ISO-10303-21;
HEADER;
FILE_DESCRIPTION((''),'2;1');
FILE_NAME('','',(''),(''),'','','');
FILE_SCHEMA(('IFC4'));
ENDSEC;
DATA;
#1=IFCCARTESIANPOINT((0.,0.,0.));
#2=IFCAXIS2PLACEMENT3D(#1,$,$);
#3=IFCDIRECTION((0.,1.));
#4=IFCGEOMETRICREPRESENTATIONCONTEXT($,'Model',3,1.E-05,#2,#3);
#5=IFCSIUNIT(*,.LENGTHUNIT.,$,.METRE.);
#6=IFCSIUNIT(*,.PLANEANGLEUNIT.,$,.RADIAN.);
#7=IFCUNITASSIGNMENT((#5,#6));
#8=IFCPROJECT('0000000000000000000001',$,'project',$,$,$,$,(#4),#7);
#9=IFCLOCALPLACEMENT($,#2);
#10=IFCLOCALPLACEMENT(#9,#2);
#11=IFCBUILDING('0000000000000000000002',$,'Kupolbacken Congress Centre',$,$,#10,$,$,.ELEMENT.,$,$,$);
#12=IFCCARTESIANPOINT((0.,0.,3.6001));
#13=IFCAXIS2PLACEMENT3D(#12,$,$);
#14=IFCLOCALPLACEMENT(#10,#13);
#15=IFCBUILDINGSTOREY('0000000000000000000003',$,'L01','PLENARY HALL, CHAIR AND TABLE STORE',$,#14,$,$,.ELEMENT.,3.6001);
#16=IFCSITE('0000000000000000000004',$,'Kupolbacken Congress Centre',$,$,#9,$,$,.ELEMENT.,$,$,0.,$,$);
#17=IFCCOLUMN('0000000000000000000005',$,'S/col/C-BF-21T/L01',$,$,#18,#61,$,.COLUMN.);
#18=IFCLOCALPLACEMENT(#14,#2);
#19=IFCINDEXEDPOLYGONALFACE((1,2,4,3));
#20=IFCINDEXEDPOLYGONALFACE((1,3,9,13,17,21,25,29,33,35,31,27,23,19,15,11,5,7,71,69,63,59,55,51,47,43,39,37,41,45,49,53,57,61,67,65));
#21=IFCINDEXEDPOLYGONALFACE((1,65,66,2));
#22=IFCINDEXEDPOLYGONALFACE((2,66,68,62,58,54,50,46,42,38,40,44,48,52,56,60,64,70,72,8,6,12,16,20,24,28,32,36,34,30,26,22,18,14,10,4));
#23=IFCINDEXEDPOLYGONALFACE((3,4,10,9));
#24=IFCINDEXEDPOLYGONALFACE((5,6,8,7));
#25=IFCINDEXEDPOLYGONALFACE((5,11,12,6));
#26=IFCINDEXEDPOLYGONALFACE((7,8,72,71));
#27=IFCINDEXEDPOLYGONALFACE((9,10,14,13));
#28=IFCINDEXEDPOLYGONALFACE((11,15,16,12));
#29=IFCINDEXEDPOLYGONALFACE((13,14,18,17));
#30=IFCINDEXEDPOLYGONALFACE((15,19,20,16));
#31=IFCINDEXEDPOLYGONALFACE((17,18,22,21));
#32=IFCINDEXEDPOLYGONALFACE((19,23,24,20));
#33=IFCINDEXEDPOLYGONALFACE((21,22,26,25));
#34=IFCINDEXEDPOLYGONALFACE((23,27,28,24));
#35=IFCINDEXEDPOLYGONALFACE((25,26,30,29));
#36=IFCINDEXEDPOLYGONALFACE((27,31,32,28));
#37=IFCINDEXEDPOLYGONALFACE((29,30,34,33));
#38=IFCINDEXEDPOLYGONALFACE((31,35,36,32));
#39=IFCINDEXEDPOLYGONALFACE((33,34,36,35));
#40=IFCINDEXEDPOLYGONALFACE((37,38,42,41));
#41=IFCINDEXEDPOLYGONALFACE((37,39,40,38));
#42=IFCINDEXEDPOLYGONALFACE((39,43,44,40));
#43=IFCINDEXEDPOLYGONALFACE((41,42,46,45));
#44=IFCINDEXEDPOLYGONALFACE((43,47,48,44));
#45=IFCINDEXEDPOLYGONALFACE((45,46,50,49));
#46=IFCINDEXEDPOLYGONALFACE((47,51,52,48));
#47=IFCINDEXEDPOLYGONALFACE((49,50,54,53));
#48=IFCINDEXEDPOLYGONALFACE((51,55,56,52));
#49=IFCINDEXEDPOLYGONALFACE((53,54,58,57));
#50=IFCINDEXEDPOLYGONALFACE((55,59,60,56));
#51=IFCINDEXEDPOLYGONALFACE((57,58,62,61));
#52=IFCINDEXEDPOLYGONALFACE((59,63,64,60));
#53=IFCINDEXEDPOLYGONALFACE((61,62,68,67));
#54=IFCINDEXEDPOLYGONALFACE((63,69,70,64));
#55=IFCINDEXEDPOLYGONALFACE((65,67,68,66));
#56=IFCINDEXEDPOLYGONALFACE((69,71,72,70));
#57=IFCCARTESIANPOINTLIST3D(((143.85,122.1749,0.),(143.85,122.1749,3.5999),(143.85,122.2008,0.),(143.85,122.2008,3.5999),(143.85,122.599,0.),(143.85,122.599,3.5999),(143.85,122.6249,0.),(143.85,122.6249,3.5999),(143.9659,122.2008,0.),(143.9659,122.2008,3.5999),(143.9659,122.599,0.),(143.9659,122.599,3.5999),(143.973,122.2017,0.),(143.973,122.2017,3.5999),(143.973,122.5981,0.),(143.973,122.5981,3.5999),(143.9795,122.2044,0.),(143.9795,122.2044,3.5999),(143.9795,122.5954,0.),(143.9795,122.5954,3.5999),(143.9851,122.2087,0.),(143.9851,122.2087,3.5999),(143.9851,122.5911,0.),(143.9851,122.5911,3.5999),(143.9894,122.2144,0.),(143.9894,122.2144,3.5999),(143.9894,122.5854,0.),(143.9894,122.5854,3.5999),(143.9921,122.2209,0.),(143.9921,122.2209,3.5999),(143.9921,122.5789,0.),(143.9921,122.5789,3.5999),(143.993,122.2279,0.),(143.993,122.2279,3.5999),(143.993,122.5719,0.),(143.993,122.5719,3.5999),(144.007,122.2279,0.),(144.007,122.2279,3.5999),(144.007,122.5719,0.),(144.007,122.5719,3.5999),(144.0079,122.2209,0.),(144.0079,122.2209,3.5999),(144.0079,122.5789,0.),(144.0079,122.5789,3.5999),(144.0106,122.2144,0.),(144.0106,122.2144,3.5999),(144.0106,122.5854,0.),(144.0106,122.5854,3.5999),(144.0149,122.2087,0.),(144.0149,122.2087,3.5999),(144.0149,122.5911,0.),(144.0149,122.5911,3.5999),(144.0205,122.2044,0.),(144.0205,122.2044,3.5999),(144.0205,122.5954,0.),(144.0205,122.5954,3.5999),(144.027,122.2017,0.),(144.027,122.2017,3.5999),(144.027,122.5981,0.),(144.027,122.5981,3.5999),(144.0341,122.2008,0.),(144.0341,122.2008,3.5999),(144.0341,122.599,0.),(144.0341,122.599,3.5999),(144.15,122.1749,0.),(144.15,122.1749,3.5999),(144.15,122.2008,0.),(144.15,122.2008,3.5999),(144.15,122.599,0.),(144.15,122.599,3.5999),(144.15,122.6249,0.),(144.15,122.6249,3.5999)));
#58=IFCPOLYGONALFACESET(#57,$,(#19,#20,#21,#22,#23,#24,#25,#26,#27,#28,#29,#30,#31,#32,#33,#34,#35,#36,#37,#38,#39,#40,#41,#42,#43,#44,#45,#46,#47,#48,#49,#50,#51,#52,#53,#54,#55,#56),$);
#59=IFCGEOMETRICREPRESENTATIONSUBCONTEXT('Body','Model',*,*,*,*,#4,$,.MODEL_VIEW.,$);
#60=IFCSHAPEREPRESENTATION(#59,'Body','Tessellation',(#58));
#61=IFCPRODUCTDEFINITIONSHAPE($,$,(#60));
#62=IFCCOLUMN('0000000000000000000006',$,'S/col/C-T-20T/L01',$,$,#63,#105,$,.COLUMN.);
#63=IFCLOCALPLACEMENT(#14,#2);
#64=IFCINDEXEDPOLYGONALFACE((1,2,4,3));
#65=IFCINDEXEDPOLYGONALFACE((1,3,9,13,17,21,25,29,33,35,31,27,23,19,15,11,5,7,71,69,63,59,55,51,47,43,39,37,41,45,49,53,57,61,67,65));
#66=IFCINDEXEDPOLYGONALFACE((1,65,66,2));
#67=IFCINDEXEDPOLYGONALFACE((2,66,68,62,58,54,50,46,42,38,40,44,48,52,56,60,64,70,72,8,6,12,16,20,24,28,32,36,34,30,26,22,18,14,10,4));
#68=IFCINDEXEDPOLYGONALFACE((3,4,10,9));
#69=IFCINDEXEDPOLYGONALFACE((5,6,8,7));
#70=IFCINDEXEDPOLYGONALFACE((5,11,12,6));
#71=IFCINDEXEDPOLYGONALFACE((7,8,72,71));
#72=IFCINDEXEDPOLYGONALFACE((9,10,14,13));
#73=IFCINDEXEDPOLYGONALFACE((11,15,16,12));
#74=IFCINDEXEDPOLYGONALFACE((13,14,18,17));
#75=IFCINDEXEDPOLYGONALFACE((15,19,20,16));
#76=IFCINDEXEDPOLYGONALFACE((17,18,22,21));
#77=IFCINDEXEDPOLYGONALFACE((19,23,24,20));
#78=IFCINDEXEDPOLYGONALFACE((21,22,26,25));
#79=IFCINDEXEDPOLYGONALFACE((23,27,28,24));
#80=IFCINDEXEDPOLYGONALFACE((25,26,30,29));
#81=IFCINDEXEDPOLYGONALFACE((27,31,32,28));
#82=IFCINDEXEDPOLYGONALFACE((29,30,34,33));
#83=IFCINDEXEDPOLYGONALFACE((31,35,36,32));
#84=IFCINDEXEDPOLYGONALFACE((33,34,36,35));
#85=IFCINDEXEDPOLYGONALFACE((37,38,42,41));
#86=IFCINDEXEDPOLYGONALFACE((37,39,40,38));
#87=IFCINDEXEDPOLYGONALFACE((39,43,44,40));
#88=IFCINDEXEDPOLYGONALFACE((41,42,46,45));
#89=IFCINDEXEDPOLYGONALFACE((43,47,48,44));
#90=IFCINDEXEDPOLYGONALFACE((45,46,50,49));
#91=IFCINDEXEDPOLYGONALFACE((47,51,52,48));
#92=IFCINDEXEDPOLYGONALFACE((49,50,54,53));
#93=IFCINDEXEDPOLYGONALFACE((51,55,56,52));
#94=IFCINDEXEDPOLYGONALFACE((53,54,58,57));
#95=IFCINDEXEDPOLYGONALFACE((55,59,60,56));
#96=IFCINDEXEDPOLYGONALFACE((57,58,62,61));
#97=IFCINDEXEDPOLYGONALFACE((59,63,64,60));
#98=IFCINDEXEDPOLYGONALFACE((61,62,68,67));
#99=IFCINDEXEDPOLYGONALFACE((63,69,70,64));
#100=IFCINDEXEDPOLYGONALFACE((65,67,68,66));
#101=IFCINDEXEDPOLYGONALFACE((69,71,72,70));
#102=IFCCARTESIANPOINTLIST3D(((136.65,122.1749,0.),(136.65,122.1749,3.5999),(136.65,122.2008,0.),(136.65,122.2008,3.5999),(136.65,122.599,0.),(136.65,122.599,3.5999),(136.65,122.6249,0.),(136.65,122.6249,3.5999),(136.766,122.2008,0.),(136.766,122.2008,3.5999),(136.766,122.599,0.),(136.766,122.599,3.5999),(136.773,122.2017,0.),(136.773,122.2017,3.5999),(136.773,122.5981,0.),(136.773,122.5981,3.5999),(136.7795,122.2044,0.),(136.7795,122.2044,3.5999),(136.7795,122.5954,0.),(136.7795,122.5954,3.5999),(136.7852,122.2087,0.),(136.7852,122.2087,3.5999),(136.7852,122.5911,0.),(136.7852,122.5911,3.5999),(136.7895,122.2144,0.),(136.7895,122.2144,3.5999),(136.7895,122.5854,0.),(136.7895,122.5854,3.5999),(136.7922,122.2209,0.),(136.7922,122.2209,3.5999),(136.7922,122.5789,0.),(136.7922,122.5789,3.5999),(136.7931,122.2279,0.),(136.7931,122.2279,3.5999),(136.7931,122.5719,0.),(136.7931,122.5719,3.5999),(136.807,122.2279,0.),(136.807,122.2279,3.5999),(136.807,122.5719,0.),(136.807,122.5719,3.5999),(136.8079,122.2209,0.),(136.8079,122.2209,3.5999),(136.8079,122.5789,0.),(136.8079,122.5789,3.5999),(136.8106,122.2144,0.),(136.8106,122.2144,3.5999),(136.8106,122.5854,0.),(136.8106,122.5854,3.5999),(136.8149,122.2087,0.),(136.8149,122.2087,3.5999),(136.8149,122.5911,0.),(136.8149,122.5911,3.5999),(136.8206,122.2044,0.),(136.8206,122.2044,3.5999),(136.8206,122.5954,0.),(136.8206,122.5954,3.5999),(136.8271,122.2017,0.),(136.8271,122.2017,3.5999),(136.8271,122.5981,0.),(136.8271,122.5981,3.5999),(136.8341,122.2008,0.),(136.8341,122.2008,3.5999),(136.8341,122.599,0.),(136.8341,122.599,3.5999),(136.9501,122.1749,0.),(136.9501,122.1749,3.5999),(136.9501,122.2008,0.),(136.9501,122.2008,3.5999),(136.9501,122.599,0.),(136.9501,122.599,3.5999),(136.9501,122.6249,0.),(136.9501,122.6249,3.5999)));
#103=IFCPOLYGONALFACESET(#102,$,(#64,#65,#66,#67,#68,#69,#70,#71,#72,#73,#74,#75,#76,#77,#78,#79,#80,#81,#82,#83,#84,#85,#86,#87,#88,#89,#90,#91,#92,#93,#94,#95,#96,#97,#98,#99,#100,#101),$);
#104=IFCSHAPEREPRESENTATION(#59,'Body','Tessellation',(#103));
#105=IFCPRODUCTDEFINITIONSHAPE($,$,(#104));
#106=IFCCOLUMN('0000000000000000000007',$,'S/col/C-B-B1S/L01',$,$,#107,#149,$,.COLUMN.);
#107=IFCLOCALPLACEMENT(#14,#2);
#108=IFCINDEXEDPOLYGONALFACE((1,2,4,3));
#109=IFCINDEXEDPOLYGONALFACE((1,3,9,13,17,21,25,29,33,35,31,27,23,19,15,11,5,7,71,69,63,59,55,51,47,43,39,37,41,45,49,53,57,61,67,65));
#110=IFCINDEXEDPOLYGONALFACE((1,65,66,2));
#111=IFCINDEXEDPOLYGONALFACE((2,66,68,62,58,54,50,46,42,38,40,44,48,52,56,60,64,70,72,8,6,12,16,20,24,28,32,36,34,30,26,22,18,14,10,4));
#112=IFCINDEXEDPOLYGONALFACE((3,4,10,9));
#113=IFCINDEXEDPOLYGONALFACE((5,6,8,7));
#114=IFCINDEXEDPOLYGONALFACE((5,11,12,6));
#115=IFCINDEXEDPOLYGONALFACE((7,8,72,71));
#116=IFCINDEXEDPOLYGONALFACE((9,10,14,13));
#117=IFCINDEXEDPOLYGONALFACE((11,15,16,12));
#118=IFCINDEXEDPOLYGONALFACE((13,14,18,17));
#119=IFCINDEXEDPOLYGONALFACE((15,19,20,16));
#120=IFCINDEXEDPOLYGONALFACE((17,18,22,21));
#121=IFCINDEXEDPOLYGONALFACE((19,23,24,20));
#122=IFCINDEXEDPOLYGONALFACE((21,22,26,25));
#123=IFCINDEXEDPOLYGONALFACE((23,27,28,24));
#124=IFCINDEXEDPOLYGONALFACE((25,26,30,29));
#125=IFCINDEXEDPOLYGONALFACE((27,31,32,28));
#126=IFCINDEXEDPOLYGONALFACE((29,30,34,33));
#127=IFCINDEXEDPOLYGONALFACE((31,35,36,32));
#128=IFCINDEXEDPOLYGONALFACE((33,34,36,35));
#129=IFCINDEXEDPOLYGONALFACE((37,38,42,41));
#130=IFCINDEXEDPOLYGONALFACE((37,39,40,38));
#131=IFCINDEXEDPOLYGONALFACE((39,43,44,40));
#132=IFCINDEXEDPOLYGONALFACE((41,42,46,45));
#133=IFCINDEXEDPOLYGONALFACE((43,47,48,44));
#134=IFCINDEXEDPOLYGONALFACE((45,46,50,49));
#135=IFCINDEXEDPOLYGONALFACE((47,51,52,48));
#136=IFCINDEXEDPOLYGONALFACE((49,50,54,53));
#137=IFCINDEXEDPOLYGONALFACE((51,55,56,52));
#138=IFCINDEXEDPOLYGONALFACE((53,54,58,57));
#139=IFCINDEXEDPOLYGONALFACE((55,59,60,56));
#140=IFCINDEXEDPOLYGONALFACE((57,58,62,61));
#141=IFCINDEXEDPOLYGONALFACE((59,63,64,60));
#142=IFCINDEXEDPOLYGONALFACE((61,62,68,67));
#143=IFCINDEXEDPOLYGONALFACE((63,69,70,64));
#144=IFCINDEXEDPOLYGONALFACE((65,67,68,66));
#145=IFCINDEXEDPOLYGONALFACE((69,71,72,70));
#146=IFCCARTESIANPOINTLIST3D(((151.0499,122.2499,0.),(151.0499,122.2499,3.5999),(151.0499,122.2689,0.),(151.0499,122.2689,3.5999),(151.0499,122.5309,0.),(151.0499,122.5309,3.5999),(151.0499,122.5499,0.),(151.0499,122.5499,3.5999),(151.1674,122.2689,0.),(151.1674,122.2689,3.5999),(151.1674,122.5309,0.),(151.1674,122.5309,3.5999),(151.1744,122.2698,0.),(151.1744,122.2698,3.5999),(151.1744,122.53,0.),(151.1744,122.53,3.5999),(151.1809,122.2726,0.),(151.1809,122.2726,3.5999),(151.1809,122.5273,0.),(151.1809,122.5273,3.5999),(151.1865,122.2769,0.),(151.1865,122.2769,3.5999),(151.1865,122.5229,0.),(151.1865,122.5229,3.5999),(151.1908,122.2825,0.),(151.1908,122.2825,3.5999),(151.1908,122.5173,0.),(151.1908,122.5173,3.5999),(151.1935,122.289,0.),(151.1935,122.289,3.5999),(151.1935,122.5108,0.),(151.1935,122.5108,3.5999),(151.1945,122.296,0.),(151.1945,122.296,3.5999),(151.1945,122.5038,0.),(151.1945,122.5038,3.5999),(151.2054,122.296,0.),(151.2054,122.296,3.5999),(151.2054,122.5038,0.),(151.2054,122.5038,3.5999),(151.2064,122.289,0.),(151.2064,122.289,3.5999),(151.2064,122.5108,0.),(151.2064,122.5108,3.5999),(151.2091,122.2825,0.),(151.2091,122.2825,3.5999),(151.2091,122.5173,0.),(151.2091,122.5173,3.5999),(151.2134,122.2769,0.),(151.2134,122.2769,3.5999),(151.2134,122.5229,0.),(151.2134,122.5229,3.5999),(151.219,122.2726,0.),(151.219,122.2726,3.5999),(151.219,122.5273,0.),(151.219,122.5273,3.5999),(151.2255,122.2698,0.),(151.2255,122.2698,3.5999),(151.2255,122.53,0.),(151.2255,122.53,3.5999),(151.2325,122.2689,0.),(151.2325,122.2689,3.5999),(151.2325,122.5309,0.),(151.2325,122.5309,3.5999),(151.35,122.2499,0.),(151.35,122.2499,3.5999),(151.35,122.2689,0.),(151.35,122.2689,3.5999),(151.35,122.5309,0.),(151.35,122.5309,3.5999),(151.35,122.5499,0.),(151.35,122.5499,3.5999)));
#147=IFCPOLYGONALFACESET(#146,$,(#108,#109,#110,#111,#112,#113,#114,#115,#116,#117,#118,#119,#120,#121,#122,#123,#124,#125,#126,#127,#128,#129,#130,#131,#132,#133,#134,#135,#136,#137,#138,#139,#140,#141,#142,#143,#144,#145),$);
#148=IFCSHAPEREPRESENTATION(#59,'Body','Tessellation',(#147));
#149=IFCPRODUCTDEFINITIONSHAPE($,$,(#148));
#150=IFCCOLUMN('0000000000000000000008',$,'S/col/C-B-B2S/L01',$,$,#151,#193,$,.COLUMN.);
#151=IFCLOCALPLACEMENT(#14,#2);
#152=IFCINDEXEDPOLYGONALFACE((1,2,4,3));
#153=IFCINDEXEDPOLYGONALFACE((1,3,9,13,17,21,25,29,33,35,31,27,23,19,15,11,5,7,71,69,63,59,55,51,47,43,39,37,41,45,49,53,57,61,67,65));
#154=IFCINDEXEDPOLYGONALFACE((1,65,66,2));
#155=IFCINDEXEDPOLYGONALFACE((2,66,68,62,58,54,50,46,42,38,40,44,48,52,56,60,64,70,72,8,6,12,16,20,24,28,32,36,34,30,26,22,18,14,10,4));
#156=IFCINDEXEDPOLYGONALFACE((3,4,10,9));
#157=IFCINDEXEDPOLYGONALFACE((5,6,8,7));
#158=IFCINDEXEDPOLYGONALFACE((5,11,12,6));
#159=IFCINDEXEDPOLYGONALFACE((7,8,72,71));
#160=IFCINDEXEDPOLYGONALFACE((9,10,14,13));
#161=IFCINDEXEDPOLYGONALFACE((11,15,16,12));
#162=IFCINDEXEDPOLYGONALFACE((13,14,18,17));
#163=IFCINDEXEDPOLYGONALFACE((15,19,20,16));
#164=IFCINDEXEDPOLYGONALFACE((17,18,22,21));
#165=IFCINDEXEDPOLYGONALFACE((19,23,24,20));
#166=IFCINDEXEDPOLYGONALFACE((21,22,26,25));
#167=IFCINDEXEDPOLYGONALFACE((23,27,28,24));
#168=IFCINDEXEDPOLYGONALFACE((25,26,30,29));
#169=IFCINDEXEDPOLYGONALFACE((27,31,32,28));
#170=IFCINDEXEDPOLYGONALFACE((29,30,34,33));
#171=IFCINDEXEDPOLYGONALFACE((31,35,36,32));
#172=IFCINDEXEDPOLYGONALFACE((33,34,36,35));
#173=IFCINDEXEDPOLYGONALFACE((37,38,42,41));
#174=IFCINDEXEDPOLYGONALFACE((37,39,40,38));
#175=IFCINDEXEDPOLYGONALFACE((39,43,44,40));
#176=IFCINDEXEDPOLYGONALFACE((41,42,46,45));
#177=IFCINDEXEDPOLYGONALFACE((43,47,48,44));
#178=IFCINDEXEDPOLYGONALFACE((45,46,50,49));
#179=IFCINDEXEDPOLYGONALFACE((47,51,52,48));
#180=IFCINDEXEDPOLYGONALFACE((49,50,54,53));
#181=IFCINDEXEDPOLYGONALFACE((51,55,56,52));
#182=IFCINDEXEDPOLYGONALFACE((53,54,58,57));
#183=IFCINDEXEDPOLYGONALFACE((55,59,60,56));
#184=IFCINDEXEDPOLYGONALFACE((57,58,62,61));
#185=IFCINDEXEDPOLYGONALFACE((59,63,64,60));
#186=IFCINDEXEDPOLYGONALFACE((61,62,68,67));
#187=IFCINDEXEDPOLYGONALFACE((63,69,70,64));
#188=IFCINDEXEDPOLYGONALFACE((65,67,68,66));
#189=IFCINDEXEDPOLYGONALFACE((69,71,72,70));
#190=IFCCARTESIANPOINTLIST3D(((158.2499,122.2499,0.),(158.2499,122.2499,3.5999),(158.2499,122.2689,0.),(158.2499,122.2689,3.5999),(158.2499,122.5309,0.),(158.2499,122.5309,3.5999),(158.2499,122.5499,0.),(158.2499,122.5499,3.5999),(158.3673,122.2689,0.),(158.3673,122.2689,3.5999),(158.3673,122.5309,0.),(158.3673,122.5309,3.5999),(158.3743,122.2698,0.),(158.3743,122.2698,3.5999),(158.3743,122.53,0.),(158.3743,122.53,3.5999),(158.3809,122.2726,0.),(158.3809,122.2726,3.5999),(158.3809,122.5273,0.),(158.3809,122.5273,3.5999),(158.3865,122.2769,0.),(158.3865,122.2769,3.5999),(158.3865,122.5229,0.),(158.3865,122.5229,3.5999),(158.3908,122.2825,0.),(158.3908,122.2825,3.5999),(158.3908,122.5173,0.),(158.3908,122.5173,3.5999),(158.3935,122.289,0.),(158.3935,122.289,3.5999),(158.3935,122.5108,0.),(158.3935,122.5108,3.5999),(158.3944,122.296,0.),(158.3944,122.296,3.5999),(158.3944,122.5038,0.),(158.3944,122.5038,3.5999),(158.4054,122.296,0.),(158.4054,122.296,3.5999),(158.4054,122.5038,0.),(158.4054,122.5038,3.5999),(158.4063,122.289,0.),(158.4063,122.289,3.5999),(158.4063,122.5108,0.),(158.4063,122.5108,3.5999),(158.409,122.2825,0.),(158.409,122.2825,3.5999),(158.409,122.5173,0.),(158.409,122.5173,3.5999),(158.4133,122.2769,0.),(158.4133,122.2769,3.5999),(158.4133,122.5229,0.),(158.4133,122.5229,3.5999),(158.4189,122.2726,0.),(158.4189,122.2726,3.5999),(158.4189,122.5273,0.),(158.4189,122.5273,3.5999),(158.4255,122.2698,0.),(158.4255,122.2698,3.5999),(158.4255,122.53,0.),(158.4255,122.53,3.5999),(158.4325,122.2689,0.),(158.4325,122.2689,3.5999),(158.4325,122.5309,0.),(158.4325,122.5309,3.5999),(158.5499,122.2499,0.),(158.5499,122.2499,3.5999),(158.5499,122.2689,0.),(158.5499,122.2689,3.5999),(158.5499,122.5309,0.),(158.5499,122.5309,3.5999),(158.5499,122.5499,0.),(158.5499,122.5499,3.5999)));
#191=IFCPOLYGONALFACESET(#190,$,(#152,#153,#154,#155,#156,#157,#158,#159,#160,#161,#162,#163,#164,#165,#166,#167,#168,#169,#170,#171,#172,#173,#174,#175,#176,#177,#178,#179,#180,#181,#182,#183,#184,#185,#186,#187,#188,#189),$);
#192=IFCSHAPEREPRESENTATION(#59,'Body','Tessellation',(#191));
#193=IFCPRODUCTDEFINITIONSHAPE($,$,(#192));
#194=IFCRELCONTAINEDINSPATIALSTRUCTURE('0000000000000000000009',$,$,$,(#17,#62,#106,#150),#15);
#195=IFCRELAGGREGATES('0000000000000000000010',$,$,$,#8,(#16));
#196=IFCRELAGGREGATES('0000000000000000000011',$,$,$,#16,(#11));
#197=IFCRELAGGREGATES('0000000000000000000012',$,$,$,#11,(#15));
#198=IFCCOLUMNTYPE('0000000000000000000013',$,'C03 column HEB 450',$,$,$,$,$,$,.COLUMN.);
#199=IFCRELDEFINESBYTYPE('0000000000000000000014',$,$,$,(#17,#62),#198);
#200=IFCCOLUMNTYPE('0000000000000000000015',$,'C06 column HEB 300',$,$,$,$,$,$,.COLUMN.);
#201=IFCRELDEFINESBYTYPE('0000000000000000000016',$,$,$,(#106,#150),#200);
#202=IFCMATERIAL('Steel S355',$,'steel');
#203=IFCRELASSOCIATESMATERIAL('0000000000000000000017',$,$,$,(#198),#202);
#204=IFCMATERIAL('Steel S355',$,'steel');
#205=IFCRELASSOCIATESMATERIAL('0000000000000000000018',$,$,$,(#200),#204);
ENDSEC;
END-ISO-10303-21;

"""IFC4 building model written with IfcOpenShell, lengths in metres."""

from ifc_helpers import new_model, si_unit, direction, frame, origin, origin_2d, place, context, subcontext, project, spatial, i_section, extrude, material, material_profile, profile_set, type_object, element, save


model = new_model("IFC4")

# Units and contexts
model_context = context("Model", 3, precision=1e-05, world=origin(), true_north=direction((0.0, 1.0)))
body_context = subcontext(model_context, "Body", "Model", "MODEL_VIEW")
ifc_project = project(units=[si_unit("LENGTHUNIT", "METRE"), si_unit("PLANEANGLEUNIT", "RADIAN")], contexts=[model_context])

# Site, building, storey
site_placement = place(None, origin())
site = spatial("IfcSite", under=ifc_project, at=site_placement, Name="Kupolbacken Congress Centre", CompositionType="ELEMENT", RefElevation=0.0)
building_placement = place(site_placement, origin())
building = spatial("IfcBuilding", under=site, at=building_placement, Name="Kupolbacken Congress Centre", CompositionType="ELEMENT")
storey_placement = place(building_placement, frame((0.0, 0.0, 3.6001)))
storey = spatial("IfcBuildingStorey", under=building, at=storey_placement, Name="L01", Description="PLENARY HALL, CHAIR AND TABLE STORE", CompositionType="ELEMENT", Elevation=3.6001)

# Columns
ifc_material_1 = material(Name="Steel S355", Category="steel")
ifc_material_profile_1 = material_profile(ifc_material_1, i_section(OverallWidth=0.3, OverallDepth=0.45, WebThickness=0.0139, FlangeThickness=0.0259, FilletRadius=0.0271, at=origin_2d()), Name="HEB 450")
ifc_profile_set_1 = profile_set([ifc_material_profile_1], Name="Steel S355")
column_type_1 = type_object("IfcColumnType", Name="C03 column HEB 450", PredefinedType="COLUMN", material=ifc_profile_set_1)
for number, where, z_axis, x_axis, name in (
    (1, (144.0, 122.3999, 0.0), (0.0, 0.0, 1.0), (1.0, 0.0, 0.0), "S/col/C-BF-21T/L01"),
    (2, (136.8, 122.3999, 0.0), (0.0, 0.0, 1.0), (1.0, 0.0, 0.0), "S/col/C-T-20T/L01"),
):
    element("IfcColumn", number, at=place(storey_placement, frame(where, z_axis=z_axis, x_axis=x_axis)), inside=storey, type_object=column_type_1, Name=name, PredefinedType="COLUMN", context=body_context, shape_type="SweptSolid", body=[
        extrude(i_section(OverallWidth=0.3, OverallDepth=0.45, WebThickness=0.0139, FlangeThickness=0.0259, FilletRadius=0.0271, at=origin_2d()), origin(), (0.0, 0.0, 1.0), 3.5999),
    ])
ifc_material_2 = material(Name="Steel S355", Category="steel")
ifc_material_profile_2 = material_profile(ifc_material_2, i_section(OverallWidth=0.3, OverallDepth=0.3, WebThickness=0.011, FlangeThickness=0.019, FilletRadius=0.0271, at=origin_2d()), Name="HEB 300")
ifc_profile_set_2 = profile_set([ifc_material_profile_2], Name="Steel S355")
column_type_2 = type_object("IfcColumnType", Name="C06 column HEB 300", PredefinedType="COLUMN", material=ifc_profile_set_2)
for number, where, z_axis, x_axis, name in (
    (3, (151.2, 122.3999, 0.0), (0.0, 0.0, 1.0), (1.0, 0.0, 0.0), "S/col/C-B-B1S/L01"),
    (4, (158.3999, 122.3999, 0.0), (0.0, 0.0, 1.0), (1.0, 0.0, 0.0), "S/col/C-B-B2S/L01"),
):
    element("IfcColumn", number, at=place(storey_placement, frame(where, z_axis=z_axis, x_axis=x_axis)), inside=storey, type_object=column_type_2, Name=name, PredefinedType="COLUMN", context=body_context, shape_type="SweptSolid", body=[
        extrude(i_section(OverallWidth=0.3, OverallDepth=0.3, WebThickness=0.011, FlangeThickness=0.019, FilletRadius=0.0271, at=origin_2d()), origin(), (0.0, 0.0, 1.0), 3.5999),
    ])

save(model, "model.ifc")
